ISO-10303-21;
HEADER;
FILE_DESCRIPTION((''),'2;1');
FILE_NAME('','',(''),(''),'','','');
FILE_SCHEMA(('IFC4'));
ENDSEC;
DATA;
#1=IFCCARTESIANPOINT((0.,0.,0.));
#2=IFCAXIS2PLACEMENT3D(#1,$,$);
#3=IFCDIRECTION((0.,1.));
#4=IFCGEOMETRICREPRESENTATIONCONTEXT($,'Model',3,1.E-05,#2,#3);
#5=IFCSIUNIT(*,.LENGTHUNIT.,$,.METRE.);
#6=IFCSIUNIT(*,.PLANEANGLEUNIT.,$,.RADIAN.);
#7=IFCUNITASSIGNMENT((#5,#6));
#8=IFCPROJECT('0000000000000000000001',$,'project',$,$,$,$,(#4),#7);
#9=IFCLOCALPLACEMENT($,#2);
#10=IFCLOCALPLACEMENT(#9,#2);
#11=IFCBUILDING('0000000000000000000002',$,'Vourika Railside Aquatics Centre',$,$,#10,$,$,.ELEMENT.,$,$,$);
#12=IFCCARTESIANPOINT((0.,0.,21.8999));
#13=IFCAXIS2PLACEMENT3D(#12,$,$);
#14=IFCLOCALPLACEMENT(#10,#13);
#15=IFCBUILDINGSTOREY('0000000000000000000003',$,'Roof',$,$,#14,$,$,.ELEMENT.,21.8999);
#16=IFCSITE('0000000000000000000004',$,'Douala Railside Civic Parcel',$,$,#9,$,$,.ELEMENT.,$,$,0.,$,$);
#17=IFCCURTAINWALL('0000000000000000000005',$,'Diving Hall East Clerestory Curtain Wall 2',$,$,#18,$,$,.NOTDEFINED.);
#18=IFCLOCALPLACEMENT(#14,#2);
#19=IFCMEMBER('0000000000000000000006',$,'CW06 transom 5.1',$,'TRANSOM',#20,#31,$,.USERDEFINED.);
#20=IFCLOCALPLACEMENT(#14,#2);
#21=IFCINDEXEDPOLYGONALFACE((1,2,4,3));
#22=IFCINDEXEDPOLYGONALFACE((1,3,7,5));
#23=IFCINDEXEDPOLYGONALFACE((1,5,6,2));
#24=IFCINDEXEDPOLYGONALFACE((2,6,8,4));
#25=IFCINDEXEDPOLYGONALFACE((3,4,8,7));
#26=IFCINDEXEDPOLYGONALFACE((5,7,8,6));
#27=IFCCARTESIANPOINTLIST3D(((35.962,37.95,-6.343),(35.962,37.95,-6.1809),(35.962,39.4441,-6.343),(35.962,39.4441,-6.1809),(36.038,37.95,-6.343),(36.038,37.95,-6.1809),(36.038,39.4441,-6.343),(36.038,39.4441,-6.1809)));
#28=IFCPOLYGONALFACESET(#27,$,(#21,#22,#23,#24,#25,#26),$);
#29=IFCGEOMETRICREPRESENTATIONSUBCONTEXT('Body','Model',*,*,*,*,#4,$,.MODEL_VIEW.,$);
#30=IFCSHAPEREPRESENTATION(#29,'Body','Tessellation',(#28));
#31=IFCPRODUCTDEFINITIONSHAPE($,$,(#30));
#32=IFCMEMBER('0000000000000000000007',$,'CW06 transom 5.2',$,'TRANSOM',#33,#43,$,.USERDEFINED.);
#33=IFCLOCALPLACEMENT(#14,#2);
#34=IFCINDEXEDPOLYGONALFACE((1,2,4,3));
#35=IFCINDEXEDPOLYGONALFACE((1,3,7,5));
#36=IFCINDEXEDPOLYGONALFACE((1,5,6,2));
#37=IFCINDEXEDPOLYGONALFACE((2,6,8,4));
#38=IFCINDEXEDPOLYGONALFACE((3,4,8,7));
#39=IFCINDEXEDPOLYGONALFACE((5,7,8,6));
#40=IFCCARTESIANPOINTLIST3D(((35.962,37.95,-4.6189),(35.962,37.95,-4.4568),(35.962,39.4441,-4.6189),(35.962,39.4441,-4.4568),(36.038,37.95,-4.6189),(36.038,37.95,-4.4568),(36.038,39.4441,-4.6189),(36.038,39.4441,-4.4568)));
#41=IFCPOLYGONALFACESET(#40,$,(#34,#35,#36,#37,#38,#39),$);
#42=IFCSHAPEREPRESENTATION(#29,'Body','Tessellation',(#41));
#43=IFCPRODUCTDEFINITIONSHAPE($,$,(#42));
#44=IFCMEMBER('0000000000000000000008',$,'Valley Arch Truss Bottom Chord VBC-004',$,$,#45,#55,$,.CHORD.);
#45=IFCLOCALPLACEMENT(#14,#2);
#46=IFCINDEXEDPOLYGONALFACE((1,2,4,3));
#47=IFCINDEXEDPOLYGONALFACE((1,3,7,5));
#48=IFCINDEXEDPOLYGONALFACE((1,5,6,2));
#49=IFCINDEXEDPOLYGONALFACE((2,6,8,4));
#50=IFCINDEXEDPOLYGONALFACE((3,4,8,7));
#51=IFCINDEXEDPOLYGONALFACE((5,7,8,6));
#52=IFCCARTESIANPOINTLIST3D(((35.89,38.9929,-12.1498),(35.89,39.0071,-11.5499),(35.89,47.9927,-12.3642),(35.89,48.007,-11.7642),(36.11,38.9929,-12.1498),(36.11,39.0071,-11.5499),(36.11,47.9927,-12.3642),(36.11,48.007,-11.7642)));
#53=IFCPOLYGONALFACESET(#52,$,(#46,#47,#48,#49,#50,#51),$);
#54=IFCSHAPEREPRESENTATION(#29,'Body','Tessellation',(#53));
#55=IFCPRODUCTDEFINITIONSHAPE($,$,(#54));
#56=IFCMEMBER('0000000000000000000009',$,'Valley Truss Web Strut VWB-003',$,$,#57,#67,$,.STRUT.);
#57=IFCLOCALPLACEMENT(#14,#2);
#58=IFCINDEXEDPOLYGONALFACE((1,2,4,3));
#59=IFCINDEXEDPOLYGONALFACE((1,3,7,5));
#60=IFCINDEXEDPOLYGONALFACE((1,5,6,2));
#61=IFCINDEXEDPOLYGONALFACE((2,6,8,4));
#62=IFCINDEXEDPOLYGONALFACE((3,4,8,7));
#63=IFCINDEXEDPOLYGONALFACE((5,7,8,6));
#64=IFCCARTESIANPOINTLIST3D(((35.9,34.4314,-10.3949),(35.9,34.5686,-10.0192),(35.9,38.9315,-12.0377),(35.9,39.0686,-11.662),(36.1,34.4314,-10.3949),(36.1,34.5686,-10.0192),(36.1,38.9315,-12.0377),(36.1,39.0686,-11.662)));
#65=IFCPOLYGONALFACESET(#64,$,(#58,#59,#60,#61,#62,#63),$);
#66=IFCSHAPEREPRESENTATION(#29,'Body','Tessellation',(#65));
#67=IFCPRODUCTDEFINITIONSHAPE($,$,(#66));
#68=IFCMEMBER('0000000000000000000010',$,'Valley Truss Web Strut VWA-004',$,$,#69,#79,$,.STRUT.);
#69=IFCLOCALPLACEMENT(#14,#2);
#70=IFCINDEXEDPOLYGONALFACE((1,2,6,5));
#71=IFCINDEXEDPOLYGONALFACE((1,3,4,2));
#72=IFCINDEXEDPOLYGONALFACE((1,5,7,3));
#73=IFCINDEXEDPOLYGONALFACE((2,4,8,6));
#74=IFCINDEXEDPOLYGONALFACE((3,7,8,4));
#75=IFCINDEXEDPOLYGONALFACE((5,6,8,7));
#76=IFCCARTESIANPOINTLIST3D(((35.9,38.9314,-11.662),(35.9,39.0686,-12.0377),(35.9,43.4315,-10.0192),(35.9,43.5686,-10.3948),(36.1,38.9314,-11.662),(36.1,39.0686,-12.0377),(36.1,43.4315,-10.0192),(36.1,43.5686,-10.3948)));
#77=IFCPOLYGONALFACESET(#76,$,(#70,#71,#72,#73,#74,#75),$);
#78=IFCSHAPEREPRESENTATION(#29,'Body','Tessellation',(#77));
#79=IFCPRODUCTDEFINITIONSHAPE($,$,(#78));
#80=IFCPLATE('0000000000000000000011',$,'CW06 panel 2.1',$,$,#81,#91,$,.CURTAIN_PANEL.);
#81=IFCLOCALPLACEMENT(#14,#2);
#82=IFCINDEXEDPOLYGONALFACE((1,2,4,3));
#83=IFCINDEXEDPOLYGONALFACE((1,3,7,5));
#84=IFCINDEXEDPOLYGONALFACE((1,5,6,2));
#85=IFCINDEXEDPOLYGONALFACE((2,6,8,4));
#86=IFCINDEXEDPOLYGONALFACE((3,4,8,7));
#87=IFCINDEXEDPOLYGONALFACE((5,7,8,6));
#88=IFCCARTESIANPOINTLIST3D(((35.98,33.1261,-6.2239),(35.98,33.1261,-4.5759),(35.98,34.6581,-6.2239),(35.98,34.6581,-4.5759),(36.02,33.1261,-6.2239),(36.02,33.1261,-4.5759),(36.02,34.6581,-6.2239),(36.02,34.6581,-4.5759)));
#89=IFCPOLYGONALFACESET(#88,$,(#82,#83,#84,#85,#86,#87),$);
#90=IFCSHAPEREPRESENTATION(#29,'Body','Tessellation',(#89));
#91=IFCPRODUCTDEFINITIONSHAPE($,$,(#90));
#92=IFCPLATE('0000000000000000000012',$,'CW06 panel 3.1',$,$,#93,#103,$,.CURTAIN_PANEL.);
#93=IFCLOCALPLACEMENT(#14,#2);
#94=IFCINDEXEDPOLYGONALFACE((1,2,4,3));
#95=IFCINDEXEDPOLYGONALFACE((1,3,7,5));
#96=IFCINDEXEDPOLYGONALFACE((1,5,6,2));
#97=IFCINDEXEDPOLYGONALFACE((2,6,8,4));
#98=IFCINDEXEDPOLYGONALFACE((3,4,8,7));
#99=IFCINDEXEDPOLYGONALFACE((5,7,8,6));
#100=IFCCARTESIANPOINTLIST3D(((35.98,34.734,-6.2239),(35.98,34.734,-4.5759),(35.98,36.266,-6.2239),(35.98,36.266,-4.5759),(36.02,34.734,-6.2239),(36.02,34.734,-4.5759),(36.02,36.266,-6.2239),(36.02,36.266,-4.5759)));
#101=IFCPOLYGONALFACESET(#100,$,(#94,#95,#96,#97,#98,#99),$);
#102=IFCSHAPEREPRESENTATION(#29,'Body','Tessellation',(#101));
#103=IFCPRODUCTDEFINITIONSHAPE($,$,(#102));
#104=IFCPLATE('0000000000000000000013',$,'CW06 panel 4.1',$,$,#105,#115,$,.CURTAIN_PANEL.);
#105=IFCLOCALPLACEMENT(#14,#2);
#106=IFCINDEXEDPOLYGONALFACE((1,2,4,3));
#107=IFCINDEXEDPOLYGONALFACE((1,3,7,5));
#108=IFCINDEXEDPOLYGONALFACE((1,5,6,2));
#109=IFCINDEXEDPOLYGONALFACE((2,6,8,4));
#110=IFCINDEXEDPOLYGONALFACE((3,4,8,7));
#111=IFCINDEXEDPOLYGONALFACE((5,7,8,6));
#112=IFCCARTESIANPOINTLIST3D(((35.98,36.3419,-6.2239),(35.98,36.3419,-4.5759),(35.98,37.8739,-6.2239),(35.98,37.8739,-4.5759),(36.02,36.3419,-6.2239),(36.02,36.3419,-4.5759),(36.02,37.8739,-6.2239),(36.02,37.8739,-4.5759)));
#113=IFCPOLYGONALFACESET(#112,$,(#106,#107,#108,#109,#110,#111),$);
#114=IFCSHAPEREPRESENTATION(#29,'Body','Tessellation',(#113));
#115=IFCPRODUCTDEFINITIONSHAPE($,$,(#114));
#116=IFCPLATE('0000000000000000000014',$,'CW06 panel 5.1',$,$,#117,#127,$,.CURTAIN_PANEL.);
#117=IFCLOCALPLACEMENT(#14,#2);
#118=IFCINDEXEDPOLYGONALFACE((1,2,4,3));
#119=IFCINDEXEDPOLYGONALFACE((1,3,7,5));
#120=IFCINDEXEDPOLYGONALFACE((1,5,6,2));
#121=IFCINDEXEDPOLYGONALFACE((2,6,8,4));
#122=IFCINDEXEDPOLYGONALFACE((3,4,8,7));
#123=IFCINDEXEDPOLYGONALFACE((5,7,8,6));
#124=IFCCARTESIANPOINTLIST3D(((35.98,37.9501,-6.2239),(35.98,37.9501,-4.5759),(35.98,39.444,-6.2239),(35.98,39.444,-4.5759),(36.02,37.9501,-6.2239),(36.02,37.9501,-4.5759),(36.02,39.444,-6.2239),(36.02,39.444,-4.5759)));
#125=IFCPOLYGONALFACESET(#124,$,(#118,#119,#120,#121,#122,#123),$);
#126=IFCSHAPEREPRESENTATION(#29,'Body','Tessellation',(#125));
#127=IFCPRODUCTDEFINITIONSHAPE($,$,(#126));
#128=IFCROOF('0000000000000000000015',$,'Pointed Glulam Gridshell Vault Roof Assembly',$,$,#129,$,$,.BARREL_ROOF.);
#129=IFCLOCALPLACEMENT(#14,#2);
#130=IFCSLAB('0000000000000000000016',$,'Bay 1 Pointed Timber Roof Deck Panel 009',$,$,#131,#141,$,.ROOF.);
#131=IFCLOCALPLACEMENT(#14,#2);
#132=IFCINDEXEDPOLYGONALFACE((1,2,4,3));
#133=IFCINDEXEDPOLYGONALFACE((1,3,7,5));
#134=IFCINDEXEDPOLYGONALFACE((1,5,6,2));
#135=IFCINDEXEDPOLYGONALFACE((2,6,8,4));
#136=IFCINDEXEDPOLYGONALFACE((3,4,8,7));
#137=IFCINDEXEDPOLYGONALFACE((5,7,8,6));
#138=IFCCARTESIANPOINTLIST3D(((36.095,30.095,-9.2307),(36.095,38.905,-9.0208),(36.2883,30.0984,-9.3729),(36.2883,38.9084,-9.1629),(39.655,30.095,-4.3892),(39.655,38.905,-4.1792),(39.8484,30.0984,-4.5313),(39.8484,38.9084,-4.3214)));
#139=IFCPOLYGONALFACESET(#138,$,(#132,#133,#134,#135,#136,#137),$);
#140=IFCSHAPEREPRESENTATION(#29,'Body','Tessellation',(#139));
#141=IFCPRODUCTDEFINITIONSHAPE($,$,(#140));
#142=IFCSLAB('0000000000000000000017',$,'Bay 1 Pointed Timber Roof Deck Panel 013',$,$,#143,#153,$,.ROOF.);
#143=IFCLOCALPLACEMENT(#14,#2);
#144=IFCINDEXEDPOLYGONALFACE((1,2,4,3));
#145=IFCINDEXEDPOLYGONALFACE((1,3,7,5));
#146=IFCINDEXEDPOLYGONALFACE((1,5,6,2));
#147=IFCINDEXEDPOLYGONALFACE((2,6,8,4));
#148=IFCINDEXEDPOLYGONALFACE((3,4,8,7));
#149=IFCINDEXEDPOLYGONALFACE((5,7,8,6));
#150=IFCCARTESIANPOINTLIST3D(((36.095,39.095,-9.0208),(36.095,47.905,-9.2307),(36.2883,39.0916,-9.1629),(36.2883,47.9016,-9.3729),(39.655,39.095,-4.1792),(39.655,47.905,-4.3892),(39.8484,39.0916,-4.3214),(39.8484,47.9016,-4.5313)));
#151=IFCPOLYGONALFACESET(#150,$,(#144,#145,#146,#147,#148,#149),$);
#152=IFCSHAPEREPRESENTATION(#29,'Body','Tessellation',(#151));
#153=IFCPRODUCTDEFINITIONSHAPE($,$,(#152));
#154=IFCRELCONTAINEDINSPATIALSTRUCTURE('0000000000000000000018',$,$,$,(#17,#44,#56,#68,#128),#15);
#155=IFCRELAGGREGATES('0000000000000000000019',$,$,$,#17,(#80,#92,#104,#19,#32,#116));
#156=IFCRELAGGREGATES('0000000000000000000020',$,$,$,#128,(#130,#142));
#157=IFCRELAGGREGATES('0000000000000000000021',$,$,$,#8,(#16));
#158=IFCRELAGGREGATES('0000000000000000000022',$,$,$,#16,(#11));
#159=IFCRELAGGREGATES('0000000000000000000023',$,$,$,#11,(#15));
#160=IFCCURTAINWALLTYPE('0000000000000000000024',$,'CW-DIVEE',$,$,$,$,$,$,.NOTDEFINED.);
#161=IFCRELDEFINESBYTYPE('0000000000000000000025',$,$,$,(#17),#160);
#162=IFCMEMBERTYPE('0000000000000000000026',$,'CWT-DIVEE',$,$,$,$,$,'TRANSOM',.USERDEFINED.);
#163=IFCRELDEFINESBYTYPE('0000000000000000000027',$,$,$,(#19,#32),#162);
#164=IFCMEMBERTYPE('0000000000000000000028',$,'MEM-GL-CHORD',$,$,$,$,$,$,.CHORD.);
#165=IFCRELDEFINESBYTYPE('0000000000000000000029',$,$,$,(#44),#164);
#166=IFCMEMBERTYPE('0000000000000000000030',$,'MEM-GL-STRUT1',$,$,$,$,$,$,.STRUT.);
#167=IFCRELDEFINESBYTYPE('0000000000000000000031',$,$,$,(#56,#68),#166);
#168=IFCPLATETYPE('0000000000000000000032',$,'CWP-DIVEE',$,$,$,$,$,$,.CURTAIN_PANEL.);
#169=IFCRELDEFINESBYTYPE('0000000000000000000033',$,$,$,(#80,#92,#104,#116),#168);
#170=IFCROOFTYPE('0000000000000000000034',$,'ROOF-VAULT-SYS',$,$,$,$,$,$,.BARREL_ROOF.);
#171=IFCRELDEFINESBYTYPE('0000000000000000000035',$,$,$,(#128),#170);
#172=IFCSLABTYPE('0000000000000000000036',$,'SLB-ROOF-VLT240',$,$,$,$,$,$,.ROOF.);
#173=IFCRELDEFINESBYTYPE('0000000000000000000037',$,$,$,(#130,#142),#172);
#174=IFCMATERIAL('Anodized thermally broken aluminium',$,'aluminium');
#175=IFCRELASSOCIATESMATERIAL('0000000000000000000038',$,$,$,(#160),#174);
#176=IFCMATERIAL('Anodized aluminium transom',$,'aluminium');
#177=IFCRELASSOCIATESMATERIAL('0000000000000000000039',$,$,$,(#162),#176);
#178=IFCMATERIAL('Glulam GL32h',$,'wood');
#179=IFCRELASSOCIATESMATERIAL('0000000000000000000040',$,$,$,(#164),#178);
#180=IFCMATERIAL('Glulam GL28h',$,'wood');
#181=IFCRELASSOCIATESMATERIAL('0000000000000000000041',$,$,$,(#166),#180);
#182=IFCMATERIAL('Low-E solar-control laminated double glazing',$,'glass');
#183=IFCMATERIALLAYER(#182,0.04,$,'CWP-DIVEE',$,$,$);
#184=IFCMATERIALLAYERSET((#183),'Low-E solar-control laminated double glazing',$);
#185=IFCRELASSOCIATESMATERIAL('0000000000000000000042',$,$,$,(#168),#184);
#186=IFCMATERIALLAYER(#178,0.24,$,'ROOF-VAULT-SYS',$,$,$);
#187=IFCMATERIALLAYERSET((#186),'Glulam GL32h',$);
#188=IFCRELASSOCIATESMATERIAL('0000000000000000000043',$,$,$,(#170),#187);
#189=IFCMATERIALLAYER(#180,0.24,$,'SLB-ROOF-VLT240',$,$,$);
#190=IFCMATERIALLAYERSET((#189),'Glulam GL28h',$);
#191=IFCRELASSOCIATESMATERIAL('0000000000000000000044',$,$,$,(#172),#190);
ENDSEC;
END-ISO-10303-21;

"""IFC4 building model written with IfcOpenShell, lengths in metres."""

from ifc_helpers import new_model, si_unit, direction, frame, origin, origin_2d, place, context, subcontext, project, spatial, polyline, rectangle, outline, extrude, material, layer, layer_set, material_profile, profile_set, type_object, element, aggregate, save


model = new_model("IFC4")

# Units and contexts
model_context = context("Model", 3, precision=1e-05, world=origin(), true_north=direction((0.0, 1.0)))
body_context = subcontext(model_context, "Body", "Model", "MODEL_VIEW")
ifc_project = project(units=[si_unit("LENGTHUNIT", "METRE"), si_unit("PLANEANGLEUNIT", "RADIAN")], contexts=[model_context])

# Site, building, storey
site_placement = place(None, origin())
site = spatial("IfcSite", under=ifc_project, at=site_placement, Name="Douala Railside Civic Parcel", CompositionType="ELEMENT", RefElevation=0.0)
building_placement = place(site_placement, origin())
building = spatial("IfcBuilding", under=site, at=building_placement, Name="Vourika Railside Aquatics Centre", CompositionType="ELEMENT")
storey_placement = place(building_placement, frame((0.0, 0.0, 21.8999)))
storey = spatial("IfcBuildingStorey", under=building, at=storey_placement, Name="Roof", CompositionType="ELEMENT", Elevation=21.8999)

# Shared definitions
ifc_material_1 = material(Name="Glulam GL32h", Category="wood")

# Curtain wall, members
ifc_material_2 = material(Name="Anodized thermally broken aluminium", Category="aluminium")
curtain_wall_type = type_object("IfcCurtainWallType", Name="CW-DIVEE", PredefinedType="NOTDEFINED", material=ifc_material_2)
curtain_wall_placement = place(storey_placement, origin())
curtain_wall = element("IfcCurtainWall", 1, at=curtain_wall_placement, inside=storey, type_object=curtain_wall_type, Name="Diving Hall East Clerestory Curtain Wall 2", PredefinedType="NOTDEFINED")
ifc_material_3 = material(Name="Anodized aluminium transom", Category="aluminium")
ifc_material_profile_1 = material_profile(ifc_material_3, rectangle(XDim=0.0759, YDim=0.1621, at=origin_2d()), Name="ALU-T 76x162")
ifc_profile_set_1 = profile_set([ifc_material_profile_1], Name="Anodized aluminium transom")
member_type_1 = type_object("IfcMemberType", Name="CWT-DIVEE", ElementType="TRANSOM", PredefinedType="USERDEFINED", material=ifc_profile_set_1)
member_1_placement = place(storey_placement, frame((36.0, 37.95, -6.262), z_axis=(0.0, 1.0, 0.0), x_axis=(-1.0, 0.0, 0.0)))
member_1 = element("IfcMember", 2, at=member_1_placement, type_object=member_type_1, Name="CW06 transom 5.1", ObjectType="TRANSOM", PredefinedType="USERDEFINED", context=body_context, shape_type="SweptSolid", body=[
    extrude(rectangle(XDim=0.0759, YDim=0.1621, at=origin_2d()), origin(), (0.0, 0.0, 1.0), 1.4941),
])
member_2_placement = place(storey_placement, frame((36.0, 37.95, -4.5378), z_axis=(0.0, 1.0, 0.0), x_axis=(-1.0, 0.0, 0.0)))
member_2 = element("IfcMember", 3, at=member_2_placement, type_object=member_type_1, Name="CW06 transom 5.2", ObjectType="TRANSOM", PredefinedType="USERDEFINED", context=body_context, shape_type="SweptSolid", body=[
    extrude(rectangle(XDim=0.0759, YDim=0.1621, at=origin_2d()), origin(), (0.0, 0.0, 1.0), 1.4941),
])

# Members
ifc_material_profile_2 = material_profile(ifc_material_1, rectangle(XDim=0.22, YDim=0.6001, at=origin_2d()), Name="GL32h 220x600")
ifc_profile_set_2 = profile_set([ifc_material_profile_2], Name="Glulam GL32h")
member_type_2 = type_object("IfcMemberType", Name="MEM-GL-CHORD", PredefinedType="CHORD", material=ifc_profile_set_2)
member_3_placement = place(storey_placement, frame((36.0, 39.0, -11.8499), z_axis=(0.0, 0.999716, -0.023811), x_axis=(-1.0, 0.0, 0.0)))
element("IfcMember", 4, at=member_3_placement, inside=storey, type_object=member_type_2, Name="Valley Arch Truss Bottom Chord VBC-004", PredefinedType="CHORD", context=body_context, shape_type="SweptSolid", body=[
    extrude(rectangle(XDim=0.22, YDim=0.6001, at=origin_2d()), origin(), (0.0, 0.0, 1.0), 9.0024),
])
ifc_material_4 = material(Name="Glulam GL28h", Category="wood")
ifc_material_profile_3 = material_profile(ifc_material_4, rectangle(XDim=0.2, YDim=0.3999, at=origin_2d()), Name="GL28h 200x400")
ifc_profile_set_3 = profile_set([ifc_material_profile_3], Name="Glulam GL28h")
member_type_3 = type_object("IfcMemberType", Name="MEM-GL-STRUT1", PredefinedType="STRUT", material=ifc_profile_set_3)
for number, where, z_axis, x_axis, name in (
    (5, (36.0, 34.5, -10.207), (0.0, 0.93936, -0.342934), (-1.0, 0.0, 0.0), "Valley Truss Web Strut VWB-003"),
    (6, (36.0, 39.0, -11.8499), (0.0, 0.93936, 0.342934), (-1.0, 0.0, 0.0), "Valley Truss Web Strut VWA-004"),
):
    element("IfcMember", number, at=place(storey_placement, frame(where, z_axis=z_axis, x_axis=x_axis)), inside=storey, type_object=member_type_3, Name=name, PredefinedType="STRUT", context=body_context, shape_type="SweptSolid", body=[
        extrude(rectangle(XDim=0.2, YDim=0.3999, at=origin_2d()), origin(), (0.0, 0.0, 1.0), 4.7905),
    ])

# Plates
ifc_material_5 = material(Name="Low-E solar-control laminated double glazing", Category="glass")
ifc_layer_1 = layer(ifc_material_5, 0.04, Name="CWP-DIVEE")
ifc_layer_set_1 = layer_set([ifc_layer_1], Name="Low-E solar-control laminated double glazing")
plate_type = type_object("IfcPlateType", Name="CWP-DIVEE", PredefinedType="CURTAIN_PANEL", material=ifc_layer_set_1)
plate_1_placement = place(storey_placement, frame((36.0, 33.8921, -6.2239), z_axis=(0.0, 0.0, 1.0), x_axis=(0.0, 1.0, 0.0)))
plate_1 = element("IfcPlate", 7, at=plate_1_placement, type_object=plate_type, Name="CW06 panel 2.1", PredefinedType="CURTAIN_PANEL", context=body_context, shape_type="SweptSolid", body=[
    extrude(rectangle(XDim=1.532, YDim=0.04, at=origin_2d()), origin(), (0.0, 0.0, 1.0), 1.6479),
])
plate_2_placement = place(storey_placement, frame((36.0, 35.5, -6.2239), z_axis=(0.0, 0.0, 1.0), x_axis=(0.0, 1.0, 0.0)))
plate_2 = element("IfcPlate", 8, at=plate_2_placement, type_object=plate_type, Name="CW06 panel 3.1", PredefinedType="CURTAIN_PANEL", context=body_context, shape_type="SweptSolid", body=[
    extrude(rectangle(XDim=1.532, YDim=0.04, at=origin_2d()), origin(), (0.0, 0.0, 1.0), 1.6479),
])
plate_3_placement = place(storey_placement, frame((36.0, 37.1079, -6.2239), z_axis=(0.0, 0.0, 1.0), x_axis=(0.0, 1.0, 0.0)))
plate_3 = element("IfcPlate", 9, at=plate_3_placement, type_object=plate_type, Name="CW06 panel 4.1", PredefinedType="CURTAIN_PANEL", context=body_context, shape_type="SweptSolid", body=[
    extrude(rectangle(XDim=1.532, YDim=0.04, at=origin_2d()), origin(), (0.0, 0.0, 1.0), 1.6479),
])
plate_4_placement = place(storey_placement, frame((36.0, 38.697, -6.2239), z_axis=(0.0, 0.0, 1.0), x_axis=(0.0, 1.0, 0.0)))
plate_4 = element("IfcPlate", 10, at=plate_4_placement, type_object=plate_type, Name="CW06 panel 5.1", PredefinedType="CURTAIN_PANEL", context=body_context, shape_type="SweptSolid", body=[
    extrude(rectangle(XDim=1.4939, YDim=0.04, at=origin_2d()), origin(), (0.0, 0.0, 1.0), 1.6479),
])
aggregate(curtain_wall, [plate_1, plate_2, plate_3, member_1, member_2, plate_4])

# Roof, slabs
ifc_layer_2 = layer(ifc_material_1, 0.24, Name="ROOF-VAULT-SYS")
ifc_layer_set_2 = layer_set([ifc_layer_2], Name="Glulam GL32h")
roof_type = type_object("IfcRoofType", Name="ROOF-VAULT-SYS", PredefinedType="BARREL_ROOF", material=ifc_layer_set_2)
roof_placement = place(storey_placement, origin())
roof = element("IfcRoof", 11, at=roof_placement, inside=storey, type_object=roof_type, Name="Pointed Glulam Gridshell Vault Roof Assembly", PredefinedType="BARREL_ROOF")
ifc_layer_3 = layer(ifc_material_4, 0.24, Name="SLB-ROOF-VLT240")
ifc_layer_set_3 = layer_set([ifc_layer_3], Name="Glulam GL28h")
slab_type = type_object("IfcSlabType", Name="SLB-ROOF-VLT240", PredefinedType="ROOF", material=ifc_layer_set_3)
slab_1_placement = place(storey_placement, frame((36.095, 30.095, -9.2307), z_axis=(-0.805563, -0.014117, 0.592342), x_axis=(0.592401, 0.0, 0.805644)))
slab_1 = element("IfcSlab", 12, at=slab_1_placement, type_object=slab_type, Name="Bay 1 Pointed Timber Roof Deck Panel 009", PredefinedType="ROOF", context=body_context, shape_type="SweptSolid", body=[
    extrude(outline(polyline([(0.0, 0.0), (6.0095, 0.0), (6.1787, 8.8109), (0.1692, 8.8109), (0.0, 0.0)])), origin(), (0.0, 0.0, -1.0), 0.24),
])
slab_2_placement = place(storey_placement, frame((36.095, 39.095, -9.0208), z_axis=(-0.805563, 0.014117, 0.592342), x_axis=(0.592401, 0.0, 0.805644)))
slab_2 = element("IfcSlab", 13, at=slab_2_placement, type_object=slab_type, Name="Bay 1 Pointed Timber Roof Deck Panel 013", PredefinedType="ROOF", context=body_context, shape_type="SweptSolid", body=[
    extrude(outline(polyline([(0.0, 0.0), (6.0095, 0.0), (5.8404, 8.8109), (-0.1692, 8.8109), (0.0, 0.0)])), origin(), (0.0, 0.0, -1.0), 0.24),
])
aggregate(roof, [slab_1, slab_2])

save(model, "model.ifc")
